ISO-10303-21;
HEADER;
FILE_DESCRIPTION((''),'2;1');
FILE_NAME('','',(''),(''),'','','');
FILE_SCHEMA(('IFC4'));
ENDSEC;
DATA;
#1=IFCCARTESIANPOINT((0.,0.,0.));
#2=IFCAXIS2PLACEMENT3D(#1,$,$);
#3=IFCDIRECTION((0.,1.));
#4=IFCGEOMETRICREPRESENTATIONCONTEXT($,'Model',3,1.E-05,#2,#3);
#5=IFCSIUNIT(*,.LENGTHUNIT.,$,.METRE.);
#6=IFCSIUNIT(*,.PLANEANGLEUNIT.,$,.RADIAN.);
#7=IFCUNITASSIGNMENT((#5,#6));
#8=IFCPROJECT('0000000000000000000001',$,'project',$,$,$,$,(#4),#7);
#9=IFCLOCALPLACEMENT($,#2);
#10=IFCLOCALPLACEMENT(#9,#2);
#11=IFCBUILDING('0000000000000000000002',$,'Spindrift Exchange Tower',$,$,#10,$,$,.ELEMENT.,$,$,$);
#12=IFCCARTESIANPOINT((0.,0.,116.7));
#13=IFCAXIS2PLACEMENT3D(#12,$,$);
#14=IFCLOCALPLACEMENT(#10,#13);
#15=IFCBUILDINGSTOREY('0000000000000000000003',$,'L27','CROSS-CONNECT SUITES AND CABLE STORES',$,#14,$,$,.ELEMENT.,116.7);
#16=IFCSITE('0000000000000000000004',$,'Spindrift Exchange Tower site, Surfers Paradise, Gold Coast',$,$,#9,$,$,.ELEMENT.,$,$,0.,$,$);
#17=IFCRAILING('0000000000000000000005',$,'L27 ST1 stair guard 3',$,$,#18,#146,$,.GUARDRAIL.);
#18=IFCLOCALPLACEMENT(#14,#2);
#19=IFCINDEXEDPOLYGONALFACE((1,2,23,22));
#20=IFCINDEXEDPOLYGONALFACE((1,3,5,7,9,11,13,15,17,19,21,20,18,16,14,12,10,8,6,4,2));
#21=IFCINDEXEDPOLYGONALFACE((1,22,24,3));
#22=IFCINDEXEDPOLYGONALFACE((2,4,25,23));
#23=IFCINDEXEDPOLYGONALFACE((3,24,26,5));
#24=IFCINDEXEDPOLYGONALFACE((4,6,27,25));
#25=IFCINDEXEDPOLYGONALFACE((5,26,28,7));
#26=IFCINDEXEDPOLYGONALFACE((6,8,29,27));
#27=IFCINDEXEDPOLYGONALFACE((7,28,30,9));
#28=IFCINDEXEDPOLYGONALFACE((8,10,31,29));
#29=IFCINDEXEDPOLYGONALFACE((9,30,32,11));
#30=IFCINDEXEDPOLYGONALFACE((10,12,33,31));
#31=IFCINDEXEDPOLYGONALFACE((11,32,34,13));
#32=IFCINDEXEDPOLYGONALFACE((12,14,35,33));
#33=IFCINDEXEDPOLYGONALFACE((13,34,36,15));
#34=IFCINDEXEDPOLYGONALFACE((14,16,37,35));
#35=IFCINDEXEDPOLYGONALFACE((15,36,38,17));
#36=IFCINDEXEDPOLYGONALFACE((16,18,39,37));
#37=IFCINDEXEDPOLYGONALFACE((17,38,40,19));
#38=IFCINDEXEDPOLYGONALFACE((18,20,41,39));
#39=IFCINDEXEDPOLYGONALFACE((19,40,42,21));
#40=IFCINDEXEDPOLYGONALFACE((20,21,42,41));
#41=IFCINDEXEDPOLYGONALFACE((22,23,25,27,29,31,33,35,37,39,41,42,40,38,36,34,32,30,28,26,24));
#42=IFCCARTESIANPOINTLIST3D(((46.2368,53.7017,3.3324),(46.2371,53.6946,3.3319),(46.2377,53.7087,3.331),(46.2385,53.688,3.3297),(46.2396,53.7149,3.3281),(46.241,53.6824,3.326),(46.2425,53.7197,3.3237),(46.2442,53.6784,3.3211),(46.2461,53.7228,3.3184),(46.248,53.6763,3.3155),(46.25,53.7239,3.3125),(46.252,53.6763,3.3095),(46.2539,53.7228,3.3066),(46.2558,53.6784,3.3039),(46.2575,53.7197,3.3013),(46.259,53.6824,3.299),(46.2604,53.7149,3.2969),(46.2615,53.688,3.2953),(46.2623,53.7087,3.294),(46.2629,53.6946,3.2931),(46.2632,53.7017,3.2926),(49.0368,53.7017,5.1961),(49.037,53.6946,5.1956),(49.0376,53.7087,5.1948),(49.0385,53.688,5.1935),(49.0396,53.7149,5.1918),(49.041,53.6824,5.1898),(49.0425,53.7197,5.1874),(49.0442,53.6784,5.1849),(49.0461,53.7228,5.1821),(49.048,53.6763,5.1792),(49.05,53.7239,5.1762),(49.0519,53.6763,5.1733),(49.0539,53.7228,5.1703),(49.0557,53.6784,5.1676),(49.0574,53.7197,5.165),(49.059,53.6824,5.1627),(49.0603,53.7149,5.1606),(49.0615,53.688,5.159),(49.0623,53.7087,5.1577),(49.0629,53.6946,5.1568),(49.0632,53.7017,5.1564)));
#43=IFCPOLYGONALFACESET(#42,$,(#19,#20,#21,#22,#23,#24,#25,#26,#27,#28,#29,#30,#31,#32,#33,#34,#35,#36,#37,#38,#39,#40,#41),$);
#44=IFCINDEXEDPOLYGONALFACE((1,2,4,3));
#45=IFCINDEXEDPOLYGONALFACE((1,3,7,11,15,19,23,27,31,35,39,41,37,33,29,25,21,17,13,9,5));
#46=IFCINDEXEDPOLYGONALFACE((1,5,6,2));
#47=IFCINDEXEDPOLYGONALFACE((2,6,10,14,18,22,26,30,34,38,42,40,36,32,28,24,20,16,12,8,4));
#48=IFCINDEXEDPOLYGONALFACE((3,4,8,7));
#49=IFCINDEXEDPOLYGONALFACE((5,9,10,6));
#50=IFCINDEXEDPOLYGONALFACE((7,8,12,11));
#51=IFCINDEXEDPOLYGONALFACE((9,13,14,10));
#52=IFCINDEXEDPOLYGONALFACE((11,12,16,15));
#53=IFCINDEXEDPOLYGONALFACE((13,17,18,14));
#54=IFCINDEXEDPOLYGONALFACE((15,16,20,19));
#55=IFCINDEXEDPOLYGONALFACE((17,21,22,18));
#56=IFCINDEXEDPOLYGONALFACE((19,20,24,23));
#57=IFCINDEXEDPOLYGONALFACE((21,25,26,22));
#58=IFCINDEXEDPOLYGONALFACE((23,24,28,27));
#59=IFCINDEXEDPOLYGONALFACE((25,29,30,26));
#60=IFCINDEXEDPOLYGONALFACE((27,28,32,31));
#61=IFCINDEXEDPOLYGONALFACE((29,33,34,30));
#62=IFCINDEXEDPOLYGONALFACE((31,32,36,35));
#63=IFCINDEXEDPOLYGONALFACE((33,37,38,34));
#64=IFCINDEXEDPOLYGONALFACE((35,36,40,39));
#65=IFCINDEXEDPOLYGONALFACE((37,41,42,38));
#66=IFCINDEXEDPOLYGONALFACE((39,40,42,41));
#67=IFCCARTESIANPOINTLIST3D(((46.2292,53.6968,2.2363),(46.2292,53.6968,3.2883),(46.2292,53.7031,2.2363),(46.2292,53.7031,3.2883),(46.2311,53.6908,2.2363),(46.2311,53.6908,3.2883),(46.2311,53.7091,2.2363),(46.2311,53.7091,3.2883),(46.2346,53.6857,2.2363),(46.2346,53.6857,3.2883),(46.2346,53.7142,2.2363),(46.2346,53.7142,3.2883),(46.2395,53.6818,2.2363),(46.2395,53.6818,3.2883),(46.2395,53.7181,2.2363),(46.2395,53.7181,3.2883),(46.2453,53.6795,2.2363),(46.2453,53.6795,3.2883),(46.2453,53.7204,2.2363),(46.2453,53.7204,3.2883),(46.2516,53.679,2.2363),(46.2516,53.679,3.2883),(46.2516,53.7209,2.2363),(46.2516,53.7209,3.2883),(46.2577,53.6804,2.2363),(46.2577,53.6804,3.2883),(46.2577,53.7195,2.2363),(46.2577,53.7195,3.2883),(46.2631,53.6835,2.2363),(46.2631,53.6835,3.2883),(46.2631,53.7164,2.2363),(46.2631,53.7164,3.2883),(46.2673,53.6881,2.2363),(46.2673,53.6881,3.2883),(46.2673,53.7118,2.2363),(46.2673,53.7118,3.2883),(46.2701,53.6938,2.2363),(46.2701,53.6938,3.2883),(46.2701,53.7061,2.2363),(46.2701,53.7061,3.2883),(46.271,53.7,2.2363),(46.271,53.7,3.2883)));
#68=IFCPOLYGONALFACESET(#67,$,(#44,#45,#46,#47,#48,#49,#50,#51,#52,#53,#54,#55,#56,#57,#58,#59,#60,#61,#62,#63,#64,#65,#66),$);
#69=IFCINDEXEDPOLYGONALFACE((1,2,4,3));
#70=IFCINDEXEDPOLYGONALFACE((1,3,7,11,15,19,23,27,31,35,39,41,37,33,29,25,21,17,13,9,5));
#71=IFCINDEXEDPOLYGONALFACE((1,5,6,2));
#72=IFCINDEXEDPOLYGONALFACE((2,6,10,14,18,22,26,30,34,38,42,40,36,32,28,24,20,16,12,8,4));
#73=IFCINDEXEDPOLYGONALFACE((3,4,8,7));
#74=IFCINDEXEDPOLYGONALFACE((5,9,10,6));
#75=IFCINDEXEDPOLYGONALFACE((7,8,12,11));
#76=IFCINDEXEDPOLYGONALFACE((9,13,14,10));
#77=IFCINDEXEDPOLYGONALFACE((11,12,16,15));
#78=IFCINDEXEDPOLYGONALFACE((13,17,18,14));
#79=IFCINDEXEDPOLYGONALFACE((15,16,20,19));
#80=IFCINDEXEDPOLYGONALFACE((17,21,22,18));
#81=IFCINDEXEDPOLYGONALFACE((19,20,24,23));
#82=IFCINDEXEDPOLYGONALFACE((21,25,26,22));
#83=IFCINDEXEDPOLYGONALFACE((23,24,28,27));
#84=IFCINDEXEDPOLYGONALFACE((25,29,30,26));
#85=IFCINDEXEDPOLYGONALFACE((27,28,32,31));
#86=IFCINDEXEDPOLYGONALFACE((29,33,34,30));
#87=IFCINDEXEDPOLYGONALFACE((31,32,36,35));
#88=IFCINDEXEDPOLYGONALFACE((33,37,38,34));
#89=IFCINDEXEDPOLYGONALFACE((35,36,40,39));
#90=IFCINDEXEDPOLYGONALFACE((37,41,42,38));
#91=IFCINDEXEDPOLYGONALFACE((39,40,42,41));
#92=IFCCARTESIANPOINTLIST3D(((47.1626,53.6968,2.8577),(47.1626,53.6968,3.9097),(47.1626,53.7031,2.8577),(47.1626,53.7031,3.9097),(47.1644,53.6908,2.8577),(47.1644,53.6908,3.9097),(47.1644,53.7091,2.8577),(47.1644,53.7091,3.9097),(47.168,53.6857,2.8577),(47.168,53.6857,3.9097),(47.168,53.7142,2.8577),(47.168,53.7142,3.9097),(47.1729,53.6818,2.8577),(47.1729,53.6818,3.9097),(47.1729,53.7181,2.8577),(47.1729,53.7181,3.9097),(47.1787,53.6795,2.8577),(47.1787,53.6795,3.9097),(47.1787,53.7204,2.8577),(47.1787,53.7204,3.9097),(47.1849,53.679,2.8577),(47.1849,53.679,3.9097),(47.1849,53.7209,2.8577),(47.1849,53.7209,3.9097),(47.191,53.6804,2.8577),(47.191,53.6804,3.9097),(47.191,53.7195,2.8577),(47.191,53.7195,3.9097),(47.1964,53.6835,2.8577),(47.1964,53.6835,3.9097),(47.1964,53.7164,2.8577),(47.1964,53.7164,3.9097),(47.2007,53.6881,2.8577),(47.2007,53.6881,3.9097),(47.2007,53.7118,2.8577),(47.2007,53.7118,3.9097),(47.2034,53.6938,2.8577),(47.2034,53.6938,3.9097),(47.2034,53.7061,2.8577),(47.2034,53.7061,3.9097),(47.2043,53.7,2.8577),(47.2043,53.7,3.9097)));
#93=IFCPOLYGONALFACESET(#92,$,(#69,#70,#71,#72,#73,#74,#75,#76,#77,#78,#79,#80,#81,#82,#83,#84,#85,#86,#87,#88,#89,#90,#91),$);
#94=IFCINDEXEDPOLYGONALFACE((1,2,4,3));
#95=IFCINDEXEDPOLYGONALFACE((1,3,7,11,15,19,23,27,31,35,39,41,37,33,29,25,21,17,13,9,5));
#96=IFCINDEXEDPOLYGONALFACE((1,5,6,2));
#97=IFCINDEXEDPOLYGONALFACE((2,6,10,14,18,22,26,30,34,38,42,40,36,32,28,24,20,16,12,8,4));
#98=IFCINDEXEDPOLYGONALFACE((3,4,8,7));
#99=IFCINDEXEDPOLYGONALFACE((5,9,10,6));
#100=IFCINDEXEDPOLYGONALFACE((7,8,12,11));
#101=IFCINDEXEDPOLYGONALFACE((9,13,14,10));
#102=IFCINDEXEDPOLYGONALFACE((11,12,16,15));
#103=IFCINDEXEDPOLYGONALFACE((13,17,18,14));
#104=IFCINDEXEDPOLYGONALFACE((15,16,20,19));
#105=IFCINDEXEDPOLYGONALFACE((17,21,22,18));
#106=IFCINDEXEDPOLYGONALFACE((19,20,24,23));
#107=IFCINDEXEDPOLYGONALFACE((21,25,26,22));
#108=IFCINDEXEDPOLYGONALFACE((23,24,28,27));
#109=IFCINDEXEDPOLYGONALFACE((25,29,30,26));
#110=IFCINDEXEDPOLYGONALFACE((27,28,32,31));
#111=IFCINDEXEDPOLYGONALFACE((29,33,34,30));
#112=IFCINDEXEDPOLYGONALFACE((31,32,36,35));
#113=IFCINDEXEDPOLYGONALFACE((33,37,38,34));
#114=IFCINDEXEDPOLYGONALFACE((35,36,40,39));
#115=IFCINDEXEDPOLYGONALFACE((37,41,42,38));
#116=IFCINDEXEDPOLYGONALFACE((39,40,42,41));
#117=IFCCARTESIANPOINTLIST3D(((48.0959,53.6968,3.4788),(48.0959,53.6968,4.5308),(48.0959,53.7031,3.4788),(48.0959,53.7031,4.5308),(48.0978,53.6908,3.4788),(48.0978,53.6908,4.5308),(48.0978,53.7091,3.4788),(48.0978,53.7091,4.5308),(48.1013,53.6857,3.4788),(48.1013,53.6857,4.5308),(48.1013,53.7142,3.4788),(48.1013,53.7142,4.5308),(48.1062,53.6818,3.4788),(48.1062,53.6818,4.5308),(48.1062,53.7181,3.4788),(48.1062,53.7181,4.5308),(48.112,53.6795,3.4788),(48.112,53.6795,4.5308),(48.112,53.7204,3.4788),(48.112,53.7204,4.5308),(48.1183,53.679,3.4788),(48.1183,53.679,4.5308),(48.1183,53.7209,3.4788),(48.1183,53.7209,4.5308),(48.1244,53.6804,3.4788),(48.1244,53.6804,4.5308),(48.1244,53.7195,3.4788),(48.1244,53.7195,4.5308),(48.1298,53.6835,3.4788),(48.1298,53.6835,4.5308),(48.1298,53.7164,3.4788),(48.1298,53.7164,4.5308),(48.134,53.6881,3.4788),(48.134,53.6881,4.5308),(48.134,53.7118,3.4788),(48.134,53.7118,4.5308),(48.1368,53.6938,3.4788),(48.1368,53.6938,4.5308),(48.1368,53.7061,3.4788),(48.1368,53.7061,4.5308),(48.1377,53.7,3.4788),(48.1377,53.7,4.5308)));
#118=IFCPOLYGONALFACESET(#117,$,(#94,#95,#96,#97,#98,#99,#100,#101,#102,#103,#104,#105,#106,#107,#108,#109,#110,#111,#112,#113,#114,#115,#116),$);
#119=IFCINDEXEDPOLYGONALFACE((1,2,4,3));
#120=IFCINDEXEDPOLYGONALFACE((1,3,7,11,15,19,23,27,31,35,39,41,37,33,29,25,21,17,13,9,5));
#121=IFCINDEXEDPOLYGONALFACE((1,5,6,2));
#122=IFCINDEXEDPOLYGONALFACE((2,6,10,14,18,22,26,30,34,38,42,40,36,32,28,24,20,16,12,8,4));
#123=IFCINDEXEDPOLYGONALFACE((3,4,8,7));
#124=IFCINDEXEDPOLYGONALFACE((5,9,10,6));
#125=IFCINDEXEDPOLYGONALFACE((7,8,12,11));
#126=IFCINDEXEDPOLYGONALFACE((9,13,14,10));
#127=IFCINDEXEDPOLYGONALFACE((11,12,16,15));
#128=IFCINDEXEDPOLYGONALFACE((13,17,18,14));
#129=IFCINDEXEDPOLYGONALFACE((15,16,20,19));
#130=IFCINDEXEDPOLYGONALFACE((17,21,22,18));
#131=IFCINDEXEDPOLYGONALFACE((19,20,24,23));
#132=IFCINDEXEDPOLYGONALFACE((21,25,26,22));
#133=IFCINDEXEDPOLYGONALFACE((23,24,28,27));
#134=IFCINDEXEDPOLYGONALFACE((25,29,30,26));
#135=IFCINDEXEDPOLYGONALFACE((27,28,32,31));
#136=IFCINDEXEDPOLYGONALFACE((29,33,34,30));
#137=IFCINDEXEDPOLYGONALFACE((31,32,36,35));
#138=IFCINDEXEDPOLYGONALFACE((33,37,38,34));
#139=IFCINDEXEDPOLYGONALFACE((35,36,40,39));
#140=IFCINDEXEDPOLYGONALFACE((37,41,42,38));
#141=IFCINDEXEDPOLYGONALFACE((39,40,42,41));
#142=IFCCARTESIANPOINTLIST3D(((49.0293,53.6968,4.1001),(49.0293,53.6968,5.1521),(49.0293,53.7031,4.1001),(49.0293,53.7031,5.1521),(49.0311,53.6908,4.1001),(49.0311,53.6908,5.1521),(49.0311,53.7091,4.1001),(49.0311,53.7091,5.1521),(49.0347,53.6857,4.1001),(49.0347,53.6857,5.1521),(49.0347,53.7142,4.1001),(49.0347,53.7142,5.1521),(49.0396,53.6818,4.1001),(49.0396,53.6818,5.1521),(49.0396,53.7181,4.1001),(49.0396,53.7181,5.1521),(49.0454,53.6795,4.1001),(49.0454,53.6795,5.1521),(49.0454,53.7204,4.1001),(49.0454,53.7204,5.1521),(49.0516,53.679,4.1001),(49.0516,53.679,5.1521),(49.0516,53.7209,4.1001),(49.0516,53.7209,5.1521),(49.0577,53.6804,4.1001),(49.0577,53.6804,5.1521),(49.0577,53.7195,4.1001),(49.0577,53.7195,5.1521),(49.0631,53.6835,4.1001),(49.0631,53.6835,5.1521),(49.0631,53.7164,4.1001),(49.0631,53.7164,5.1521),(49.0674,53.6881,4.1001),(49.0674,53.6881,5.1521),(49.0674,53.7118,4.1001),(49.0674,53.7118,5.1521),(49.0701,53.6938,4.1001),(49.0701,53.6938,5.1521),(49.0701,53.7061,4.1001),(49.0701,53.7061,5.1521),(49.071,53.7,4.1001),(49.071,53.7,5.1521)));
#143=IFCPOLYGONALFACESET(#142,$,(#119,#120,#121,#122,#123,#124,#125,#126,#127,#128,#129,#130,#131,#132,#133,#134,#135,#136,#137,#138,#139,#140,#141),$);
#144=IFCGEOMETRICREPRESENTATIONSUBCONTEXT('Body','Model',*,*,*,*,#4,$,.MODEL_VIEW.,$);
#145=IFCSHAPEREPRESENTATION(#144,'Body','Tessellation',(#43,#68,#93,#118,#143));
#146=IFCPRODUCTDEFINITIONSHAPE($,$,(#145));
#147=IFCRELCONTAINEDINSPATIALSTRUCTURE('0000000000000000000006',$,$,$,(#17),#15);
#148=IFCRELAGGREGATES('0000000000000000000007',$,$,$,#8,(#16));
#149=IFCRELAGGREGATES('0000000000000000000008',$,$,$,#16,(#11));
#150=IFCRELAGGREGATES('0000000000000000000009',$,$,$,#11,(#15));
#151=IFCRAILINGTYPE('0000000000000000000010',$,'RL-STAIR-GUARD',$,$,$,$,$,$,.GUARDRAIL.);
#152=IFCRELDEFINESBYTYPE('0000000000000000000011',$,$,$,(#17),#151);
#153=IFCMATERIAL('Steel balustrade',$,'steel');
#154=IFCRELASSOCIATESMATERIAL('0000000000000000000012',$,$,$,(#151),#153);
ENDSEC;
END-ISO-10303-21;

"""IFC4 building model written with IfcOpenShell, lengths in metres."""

from ifc_helpers import new_model, si_unit, direction, frame, origin, origin_2d, place, context, subcontext, project, spatial, circle, extrude, material, type_object, element, save


model = new_model("IFC4")

# Units and contexts
model_context = context("Model", 3, precision=1e-05, world=origin(), true_north=direction((0.0, 1.0)))
body_context = subcontext(model_context, "Body", "Model", "MODEL_VIEW")
ifc_project = project(units=[si_unit("LENGTHUNIT", "METRE"), si_unit("PLANEANGLEUNIT", "RADIAN")], contexts=[model_context])

# Site, building, storey
site_placement = place(None, origin())
site = spatial("IfcSite", under=ifc_project, at=site_placement, Name="Spindrift Exchange Tower site, Surfers Paradise, Gold Coast", CompositionType="ELEMENT", RefElevation=0.0)
building_placement = place(site_placement, origin())
building = spatial("IfcBuilding", under=site, at=building_placement, Name="Spindrift Exchange Tower", CompositionType="ELEMENT")
storey_placement = place(building_placement, frame((0.0, 0.0, 116.7)))
storey = spatial("IfcBuildingStorey", under=building, at=storey_placement, Name="L27", Description="CROSS-CONNECT SUITES AND CABLE STORES", CompositionType="ELEMENT", Elevation=116.7)

# Railing
ifc_material_1 = material(Name="Steel balustrade", Category="steel")
railing_type_1 = type_object("IfcRailingType", Name="RL-STAIR-GUARD", PredefinedType="GUARDRAIL", material=ifc_material_1)
railing_1_placement = place(storey_placement, frame((46.25, 53.7, 2.2363)))
element("IfcRailing", 1, at=railing_1_placement, inside=storey, type_object=railing_type_1, Name="L27 ST1 stair guard 3", PredefinedType="GUARDRAIL", context=body_context, shape_type="SweptSolid", body=[
    extrude(circle(Radius=0.0239, at=origin_2d()), frame((0.0, 0.0, 1.0762), z_axis=(0.832452, 0.0, 0.554097), x_axis=(0.0, 1.0, 0.0)), (0.0, 0.0, 1.0), 3.3635),
    extrude(circle(Radius=0.021, at=origin_2d()), origin(), (0.0, 0.0, 1.0), 1.052),
    extrude(circle(Radius=0.021, at=origin_2d()), frame((0.9333, 0.0, 0.6213)), (0.0, 0.0, 1.0), 1.052),
    extrude(circle(Radius=0.021, at=origin_2d()), frame((1.8667, 0.0, 1.2424)), (0.0, 0.0, 1.0), 1.052),
    extrude(circle(Radius=0.021, at=origin_2d()), frame((2.8, 0.0, 1.8638)), (0.0, 0.0, 1.0), 1.052),
])

save(model, "model.ifc")
